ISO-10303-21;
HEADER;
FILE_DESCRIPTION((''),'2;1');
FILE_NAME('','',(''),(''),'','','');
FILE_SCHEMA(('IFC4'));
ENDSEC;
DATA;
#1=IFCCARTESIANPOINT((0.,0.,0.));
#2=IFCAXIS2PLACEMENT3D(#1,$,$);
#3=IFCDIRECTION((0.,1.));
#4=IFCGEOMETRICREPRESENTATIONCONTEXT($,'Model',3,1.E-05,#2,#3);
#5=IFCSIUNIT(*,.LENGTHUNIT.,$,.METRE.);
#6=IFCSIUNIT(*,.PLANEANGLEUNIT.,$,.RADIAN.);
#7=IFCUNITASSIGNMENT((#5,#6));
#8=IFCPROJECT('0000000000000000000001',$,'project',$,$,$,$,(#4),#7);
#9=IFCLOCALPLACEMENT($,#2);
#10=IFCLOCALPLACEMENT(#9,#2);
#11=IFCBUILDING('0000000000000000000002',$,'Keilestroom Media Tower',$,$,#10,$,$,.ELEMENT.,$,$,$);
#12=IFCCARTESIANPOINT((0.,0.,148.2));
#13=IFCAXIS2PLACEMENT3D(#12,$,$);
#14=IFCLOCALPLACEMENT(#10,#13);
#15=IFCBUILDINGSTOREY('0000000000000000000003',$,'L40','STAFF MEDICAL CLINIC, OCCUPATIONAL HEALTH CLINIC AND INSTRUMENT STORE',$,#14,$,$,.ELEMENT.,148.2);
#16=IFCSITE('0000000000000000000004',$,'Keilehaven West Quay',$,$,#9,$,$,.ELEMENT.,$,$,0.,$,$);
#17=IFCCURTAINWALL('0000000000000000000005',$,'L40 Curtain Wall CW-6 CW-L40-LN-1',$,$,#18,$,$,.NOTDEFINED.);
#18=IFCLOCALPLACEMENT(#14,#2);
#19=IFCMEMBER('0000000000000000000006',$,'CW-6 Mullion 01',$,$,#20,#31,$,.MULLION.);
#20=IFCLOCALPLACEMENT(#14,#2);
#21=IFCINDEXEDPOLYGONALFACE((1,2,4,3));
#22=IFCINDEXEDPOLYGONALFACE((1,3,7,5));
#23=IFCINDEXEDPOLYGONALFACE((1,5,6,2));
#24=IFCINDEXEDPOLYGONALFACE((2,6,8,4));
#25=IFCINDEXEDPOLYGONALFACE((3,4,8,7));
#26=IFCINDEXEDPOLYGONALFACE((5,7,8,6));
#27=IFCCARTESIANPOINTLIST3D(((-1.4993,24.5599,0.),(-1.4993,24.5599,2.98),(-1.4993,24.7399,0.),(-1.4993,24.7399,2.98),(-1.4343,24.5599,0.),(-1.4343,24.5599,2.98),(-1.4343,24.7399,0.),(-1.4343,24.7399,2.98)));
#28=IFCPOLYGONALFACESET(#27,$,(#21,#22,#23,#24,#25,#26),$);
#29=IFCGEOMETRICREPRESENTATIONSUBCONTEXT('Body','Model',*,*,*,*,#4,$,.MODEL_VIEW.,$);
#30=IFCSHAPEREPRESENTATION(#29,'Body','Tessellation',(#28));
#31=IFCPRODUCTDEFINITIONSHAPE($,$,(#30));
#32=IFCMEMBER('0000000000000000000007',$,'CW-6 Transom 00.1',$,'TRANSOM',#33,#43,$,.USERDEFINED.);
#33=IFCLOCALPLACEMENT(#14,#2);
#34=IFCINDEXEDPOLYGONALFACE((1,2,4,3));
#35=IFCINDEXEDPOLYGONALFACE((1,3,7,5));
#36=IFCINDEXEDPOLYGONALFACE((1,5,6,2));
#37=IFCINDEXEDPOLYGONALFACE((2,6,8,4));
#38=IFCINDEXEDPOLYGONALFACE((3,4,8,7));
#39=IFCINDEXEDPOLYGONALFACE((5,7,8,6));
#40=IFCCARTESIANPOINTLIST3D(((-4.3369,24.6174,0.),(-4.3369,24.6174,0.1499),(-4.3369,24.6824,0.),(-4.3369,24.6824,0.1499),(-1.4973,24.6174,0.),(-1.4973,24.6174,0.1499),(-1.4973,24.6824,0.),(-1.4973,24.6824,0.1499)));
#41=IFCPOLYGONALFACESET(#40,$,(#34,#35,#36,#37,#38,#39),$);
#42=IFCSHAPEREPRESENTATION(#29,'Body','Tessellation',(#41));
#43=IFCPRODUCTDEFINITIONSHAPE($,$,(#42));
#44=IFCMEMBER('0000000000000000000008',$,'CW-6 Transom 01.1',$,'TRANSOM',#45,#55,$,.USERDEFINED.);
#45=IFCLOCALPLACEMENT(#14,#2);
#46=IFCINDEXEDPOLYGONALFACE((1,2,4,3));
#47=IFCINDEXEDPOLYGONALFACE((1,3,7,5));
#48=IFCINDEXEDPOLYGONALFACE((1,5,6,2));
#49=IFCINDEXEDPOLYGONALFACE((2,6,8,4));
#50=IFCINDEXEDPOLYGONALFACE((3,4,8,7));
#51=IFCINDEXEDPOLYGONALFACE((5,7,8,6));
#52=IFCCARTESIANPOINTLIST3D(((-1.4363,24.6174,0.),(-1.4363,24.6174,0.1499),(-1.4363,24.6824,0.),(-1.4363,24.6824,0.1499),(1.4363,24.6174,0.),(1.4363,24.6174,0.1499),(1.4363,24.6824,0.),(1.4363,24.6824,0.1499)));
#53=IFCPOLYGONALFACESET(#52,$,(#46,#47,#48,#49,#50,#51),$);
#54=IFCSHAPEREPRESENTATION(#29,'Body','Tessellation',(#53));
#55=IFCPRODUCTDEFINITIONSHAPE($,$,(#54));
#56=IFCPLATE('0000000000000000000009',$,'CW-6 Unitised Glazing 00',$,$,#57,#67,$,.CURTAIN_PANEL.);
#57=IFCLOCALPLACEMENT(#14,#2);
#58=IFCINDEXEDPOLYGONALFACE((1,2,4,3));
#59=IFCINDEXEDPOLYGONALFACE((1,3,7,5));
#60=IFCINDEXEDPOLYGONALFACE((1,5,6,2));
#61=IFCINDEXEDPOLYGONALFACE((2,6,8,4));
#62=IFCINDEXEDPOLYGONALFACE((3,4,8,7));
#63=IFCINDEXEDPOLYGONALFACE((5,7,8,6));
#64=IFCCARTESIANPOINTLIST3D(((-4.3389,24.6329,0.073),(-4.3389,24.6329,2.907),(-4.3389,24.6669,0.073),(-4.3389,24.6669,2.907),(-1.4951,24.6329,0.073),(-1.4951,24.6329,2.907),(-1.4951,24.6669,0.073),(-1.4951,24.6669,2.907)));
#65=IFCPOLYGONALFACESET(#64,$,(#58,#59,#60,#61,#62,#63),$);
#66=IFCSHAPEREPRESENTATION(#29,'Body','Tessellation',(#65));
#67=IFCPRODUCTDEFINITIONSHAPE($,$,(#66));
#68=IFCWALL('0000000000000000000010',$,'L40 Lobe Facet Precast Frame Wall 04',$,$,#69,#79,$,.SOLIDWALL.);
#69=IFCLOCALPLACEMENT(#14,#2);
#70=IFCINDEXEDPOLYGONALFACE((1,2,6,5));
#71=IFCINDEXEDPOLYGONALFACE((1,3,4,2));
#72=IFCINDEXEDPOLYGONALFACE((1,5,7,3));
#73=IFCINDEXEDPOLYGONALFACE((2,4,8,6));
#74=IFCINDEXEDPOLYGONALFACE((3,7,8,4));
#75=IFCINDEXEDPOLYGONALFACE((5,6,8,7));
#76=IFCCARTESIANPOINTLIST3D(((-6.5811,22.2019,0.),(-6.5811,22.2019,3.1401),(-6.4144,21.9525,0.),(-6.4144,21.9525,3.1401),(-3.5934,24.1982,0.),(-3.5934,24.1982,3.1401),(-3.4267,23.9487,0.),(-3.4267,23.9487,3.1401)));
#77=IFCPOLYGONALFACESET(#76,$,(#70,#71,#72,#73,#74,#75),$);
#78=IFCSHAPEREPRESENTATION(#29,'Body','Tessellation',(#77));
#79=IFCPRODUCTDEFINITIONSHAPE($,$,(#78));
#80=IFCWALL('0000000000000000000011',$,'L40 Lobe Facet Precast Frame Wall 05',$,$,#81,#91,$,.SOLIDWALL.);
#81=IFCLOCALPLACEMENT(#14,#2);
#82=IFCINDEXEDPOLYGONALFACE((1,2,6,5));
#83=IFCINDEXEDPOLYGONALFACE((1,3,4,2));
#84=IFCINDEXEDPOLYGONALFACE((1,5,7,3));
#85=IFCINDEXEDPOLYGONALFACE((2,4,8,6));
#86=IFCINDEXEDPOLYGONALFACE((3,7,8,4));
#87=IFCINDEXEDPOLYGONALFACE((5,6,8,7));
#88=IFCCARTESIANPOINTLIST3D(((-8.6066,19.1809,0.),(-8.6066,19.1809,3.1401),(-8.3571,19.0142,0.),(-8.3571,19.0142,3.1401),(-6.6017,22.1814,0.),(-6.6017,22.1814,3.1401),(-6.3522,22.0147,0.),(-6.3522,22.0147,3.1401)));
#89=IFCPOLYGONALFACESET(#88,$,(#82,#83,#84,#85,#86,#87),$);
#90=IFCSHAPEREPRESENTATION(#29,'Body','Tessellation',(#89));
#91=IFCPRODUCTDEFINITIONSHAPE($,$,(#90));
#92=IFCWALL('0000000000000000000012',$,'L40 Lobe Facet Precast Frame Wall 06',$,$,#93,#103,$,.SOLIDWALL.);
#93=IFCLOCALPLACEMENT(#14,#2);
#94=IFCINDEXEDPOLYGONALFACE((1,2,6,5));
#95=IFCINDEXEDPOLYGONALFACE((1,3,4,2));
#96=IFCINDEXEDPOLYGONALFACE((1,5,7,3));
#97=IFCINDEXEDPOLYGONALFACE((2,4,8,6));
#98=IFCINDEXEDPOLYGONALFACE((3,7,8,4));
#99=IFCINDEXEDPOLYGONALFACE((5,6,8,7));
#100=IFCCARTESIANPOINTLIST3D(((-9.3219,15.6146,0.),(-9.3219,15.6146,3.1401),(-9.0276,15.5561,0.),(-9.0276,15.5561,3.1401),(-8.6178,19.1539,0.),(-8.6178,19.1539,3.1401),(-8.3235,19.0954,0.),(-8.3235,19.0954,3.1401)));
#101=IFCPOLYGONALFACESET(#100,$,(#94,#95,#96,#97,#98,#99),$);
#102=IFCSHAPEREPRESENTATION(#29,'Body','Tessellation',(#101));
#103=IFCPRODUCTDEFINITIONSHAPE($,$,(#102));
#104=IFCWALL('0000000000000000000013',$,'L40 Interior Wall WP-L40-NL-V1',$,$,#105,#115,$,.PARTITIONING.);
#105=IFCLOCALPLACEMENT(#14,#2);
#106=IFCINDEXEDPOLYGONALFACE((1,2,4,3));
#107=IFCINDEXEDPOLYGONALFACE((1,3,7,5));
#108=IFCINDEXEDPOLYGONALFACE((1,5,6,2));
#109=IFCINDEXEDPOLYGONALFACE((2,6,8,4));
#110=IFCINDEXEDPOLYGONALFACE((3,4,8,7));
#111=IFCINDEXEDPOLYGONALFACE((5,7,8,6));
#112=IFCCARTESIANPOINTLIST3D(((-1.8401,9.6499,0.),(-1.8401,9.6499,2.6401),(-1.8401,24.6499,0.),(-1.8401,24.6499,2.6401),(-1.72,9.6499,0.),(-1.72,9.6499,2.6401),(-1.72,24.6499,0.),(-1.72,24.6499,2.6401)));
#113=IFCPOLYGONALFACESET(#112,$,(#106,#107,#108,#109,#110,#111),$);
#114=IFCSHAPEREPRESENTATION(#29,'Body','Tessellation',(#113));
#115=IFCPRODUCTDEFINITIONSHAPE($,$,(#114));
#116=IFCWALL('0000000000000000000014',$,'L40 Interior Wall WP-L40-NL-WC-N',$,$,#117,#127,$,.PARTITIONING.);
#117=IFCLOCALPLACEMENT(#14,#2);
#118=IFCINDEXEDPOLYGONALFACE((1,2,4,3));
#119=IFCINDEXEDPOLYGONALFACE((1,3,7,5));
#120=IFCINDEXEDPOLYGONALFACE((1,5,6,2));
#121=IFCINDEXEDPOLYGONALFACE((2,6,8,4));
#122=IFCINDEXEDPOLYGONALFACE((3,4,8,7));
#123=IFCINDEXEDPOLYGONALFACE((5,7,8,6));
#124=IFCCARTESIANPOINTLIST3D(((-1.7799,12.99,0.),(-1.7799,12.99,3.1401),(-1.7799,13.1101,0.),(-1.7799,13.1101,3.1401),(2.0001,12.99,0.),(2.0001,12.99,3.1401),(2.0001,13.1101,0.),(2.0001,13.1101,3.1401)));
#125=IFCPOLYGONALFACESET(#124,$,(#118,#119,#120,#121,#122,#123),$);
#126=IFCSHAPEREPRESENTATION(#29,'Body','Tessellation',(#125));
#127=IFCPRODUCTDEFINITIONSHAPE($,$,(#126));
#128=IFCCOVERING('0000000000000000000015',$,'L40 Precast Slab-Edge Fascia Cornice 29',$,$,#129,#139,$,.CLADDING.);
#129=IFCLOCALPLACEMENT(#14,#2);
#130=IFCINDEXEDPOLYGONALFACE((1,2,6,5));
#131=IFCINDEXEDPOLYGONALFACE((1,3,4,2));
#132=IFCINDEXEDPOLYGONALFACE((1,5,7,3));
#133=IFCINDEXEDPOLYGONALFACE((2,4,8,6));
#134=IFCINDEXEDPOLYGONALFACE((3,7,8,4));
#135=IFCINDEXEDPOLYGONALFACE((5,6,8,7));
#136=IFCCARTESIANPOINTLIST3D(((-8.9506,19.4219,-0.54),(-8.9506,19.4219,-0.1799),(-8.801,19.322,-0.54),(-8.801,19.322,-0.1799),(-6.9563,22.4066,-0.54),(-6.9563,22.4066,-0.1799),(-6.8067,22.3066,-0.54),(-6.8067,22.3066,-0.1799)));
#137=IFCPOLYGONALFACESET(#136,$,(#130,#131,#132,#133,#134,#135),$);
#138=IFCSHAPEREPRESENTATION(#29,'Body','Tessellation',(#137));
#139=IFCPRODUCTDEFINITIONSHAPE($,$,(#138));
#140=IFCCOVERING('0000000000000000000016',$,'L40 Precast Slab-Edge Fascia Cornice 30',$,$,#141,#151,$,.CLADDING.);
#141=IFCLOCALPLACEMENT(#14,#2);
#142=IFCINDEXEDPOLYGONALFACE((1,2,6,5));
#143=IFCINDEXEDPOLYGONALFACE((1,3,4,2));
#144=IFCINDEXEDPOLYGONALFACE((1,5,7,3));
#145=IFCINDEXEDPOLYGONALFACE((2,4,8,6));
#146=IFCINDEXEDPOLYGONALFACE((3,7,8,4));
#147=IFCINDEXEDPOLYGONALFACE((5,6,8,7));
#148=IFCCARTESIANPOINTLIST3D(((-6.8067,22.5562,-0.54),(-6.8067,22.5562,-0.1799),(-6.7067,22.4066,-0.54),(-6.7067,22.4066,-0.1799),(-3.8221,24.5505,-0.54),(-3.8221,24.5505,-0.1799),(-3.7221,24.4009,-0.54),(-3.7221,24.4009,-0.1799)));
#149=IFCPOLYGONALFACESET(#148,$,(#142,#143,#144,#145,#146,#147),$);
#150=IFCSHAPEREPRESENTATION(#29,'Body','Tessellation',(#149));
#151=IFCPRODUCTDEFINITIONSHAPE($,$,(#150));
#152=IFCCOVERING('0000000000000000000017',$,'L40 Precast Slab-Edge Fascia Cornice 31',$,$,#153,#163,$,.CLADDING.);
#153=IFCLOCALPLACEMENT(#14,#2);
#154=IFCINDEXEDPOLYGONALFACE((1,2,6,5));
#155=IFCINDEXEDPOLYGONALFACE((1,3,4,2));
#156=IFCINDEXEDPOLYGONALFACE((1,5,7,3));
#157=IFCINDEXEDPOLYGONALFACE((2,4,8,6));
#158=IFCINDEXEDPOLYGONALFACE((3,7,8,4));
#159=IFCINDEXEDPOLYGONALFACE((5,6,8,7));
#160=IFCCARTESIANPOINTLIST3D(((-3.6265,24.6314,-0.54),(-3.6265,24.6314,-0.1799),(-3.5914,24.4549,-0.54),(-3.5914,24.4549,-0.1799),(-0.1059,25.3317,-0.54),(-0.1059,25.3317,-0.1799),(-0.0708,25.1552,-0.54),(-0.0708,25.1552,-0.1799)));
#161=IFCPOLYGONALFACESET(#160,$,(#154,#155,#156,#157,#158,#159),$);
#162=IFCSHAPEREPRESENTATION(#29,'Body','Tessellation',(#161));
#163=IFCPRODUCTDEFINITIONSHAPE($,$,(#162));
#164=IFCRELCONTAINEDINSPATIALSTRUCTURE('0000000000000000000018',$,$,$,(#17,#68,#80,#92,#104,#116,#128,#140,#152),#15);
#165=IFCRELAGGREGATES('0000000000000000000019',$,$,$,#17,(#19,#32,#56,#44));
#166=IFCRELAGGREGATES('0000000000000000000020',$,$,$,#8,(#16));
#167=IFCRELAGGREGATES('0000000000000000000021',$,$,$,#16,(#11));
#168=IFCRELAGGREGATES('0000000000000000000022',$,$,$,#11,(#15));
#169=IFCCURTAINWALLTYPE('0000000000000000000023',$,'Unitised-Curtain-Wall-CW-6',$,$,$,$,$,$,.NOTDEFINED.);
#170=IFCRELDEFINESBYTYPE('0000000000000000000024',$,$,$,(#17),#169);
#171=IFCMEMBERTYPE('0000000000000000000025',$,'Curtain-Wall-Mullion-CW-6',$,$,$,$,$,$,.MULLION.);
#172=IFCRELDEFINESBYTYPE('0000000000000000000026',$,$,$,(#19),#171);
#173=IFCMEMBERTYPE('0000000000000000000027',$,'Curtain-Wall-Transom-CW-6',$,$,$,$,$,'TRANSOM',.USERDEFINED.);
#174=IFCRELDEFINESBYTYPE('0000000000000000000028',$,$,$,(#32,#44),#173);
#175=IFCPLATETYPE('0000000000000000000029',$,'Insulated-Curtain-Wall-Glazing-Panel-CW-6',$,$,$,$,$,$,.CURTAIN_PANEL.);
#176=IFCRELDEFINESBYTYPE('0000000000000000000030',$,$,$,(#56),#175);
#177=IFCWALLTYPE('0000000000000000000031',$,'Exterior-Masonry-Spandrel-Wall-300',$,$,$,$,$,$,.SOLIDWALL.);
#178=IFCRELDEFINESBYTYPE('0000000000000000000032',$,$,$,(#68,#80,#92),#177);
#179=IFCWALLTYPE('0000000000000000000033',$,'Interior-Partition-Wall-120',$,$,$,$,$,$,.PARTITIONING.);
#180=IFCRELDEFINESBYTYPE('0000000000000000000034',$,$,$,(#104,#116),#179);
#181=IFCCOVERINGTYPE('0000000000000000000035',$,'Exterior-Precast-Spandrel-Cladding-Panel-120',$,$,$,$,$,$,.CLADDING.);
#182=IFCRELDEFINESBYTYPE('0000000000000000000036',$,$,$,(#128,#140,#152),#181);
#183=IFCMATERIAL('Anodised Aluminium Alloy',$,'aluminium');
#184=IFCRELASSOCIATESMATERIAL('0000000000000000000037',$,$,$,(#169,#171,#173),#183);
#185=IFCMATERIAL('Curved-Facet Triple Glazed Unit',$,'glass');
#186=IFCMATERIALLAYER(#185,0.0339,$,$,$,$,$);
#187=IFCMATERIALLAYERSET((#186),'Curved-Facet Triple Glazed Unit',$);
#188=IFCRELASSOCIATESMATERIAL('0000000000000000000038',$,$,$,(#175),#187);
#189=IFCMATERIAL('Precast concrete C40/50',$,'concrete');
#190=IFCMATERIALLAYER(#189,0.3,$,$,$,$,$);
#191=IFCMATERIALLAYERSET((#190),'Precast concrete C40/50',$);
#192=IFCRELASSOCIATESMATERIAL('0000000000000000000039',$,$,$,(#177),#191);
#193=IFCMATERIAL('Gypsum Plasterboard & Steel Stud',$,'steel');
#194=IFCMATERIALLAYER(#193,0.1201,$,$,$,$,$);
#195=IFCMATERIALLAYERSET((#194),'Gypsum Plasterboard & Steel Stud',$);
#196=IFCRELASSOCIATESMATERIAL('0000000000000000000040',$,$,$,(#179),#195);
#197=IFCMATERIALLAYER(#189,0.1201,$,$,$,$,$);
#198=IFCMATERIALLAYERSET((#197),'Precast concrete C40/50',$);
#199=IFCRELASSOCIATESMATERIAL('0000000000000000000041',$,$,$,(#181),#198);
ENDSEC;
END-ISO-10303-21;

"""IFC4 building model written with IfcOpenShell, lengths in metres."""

from ifc_helpers import new_model, si_unit, direction, frame, frame_2d, origin, origin_2d, place, context, subcontext, project, spatial, rectangle, extrude, source, transform, mapped, material, layer, layer_set, material_profile, profile_set, type_object, element, aggregate, save


model = new_model("IFC4")

# Units and contexts
model_context = context("Model", 3, precision=1e-05, world=origin(), true_north=direction((0.0, 1.0)))
body_context = subcontext(model_context, "Body", "Model", "MODEL_VIEW")
ifc_project = project(units=[si_unit("LENGTHUNIT", "METRE"), si_unit("PLANEANGLEUNIT", "RADIAN")], contexts=[model_context])

# Site, building, storey
site_placement = place(None, origin())
site = spatial("IfcSite", under=ifc_project, at=site_placement, Name="Keilehaven West Quay", CompositionType="ELEMENT", RefElevation=0.0)
building_placement = place(site_placement, origin())
building = spatial("IfcBuilding", under=site, at=building_placement, Name="Keilestroom Media Tower", CompositionType="ELEMENT")
storey_placement = place(building_placement, frame((0.0, 0.0, 148.2)))
storey = spatial("IfcBuildingStorey", under=building, at=storey_placement, Name="L40", Description="STAFF MEDICAL CLINIC, OCCUPATIONAL HEALTH CLINIC AND INSTRUMENT STORE", CompositionType="ELEMENT", Elevation=148.2)

# Curtain wall, members, plate
ifc_material_1 = material(Name="Anodised Aluminium Alloy", Category="aluminium")
curtain_wall_type = type_object("IfcCurtainWallType", Name="Unitised-Curtain-Wall-CW-6", PredefinedType="NOTDEFINED", material=ifc_material_1)
curtain_wall_placement = place(storey_placement, origin())
curtain_wall = element("IfcCurtainWall", 1, at=curtain_wall_placement, inside=storey, type_object=curtain_wall_type, Name="L40 Curtain Wall CW-6 CW-L40-LN-1", PredefinedType="NOTDEFINED")
ifc_material_profile_1 = material_profile(ifc_material_1, rectangle(XDim=0.0649, YDim=0.1799, at=origin_2d()), Name="ALU MULLION 65x180")
ifc_profile_set_1 = profile_set([ifc_material_profile_1], Name="Anodised Aluminium Alloy")
member_type_1 = type_object("IfcMemberType", Name="Curtain-Wall-Mullion-CW-6", PredefinedType="MULLION", material=ifc_profile_set_1)
shared_shape_1 = source(origin(), body_context, "Body", "SweptSolid", [
    extrude(rectangle(XDim=0.0649, YDim=0.1799, at=origin_2d()), origin(), (0.0, 0.0, 1.0), 2.98),
])
member_1_placement = place(storey_placement, frame((-1.4668, 24.6499, 0.0), z_axis=(0.0, 0.0, 1.0), x_axis=(1.0, 0.0, 0.0)))
member_1 = element("IfcMember", 2, at=member_1_placement, type_object=member_type_1, Name="CW-6 Mullion 01", PredefinedType="MULLION", context=body_context, shape_type="MappedRepresentation", body=[
    mapped(shared_shape_1, transform((0.0, 0.0, 0.0), x_axis=(1.0, 0.0, 0.0), y_axis=(0.0, 1.0, 0.0), z_axis=(0.0, 0.0, 1.0), scale=1.0)),
])
ifc_material_profile_2 = material_profile(ifc_material_1, rectangle(XDim=0.0649, YDim=0.1499, at=origin_2d()), Name="ALU TRANSOM 65x150")
ifc_profile_set_2 = profile_set([ifc_material_profile_2], Name="Anodised Aluminium Alloy")
member_type_2 = type_object("IfcMemberType", Name="Curtain-Wall-Transom-CW-6", ElementType="TRANSOM", PredefinedType="USERDEFINED", material=ifc_profile_set_2)
shared_shape_2 = source(origin(), body_context, "Body", "SweptSolid", [
    extrude(rectangle(XDim=0.0649, YDim=0.1499, at=origin_2d()), origin(), (0.0, 0.0, 1.0), 2.8396),
])
member_2_placement = place(storey_placement, frame((-4.3369, 24.6499, 0.075), z_axis=(1.0, 0.0, 0.0), x_axis=(0.0, 1.0, 0.0)))
member_2 = element("IfcMember", 3, at=member_2_placement, type_object=member_type_2, Name="CW-6 Transom 00.1", ObjectType="TRANSOM", PredefinedType="USERDEFINED", context=body_context, shape_type="MappedRepresentation", body=[
    mapped(shared_shape_2, transform((0.0, 0.0, 0.0), x_axis=(1.0, 0.0, 0.0), y_axis=(0.0, 1.0, 0.0), z_axis=(0.0, 0.0, 1.0), scale=1.0)),
])
shared_shape_3 = source(origin(), body_context, "Body", "SweptSolid", [
    extrude(rectangle(XDim=0.0649, YDim=0.1499, at=origin_2d()), origin(), (0.0, 0.0, 1.0), 2.8726),
])
member_3_placement = place(storey_placement, frame((-1.4363, 24.6499, 0.075), z_axis=(1.0, 0.0, 0.0), x_axis=(0.0, 1.0, 0.0)))
member_3 = element("IfcMember", 4, at=member_3_placement, type_object=member_type_2, Name="CW-6 Transom 01.1", ObjectType="TRANSOM", PredefinedType="USERDEFINED", context=body_context, shape_type="MappedRepresentation", body=[
    mapped(shared_shape_3, transform((0.0, 0.0, 0.0), x_axis=(1.0, 0.0, 0.0), y_axis=(0.0, 1.0, 0.0), z_axis=(0.0, 0.0, 1.0), scale=1.0)),
])
ifc_material_2 = material(Name="Curved-Facet Triple Glazed Unit", Category="glass")
ifc_layer_1 = layer(ifc_material_2, 0.0339)
ifc_layer_set_1 = layer_set([ifc_layer_1], Name="Curved-Facet Triple Glazed Unit")
plate_type = type_object("IfcPlateType", Name="Insulated-Curtain-Wall-Glazing-Panel-CW-6", PredefinedType="CURTAIN_PANEL", material=ifc_layer_set_1)
shared_shape_4 = source(origin(), body_context, "Body", "SweptSolid", [
    extrude(rectangle(XDim=2.8438, YDim=0.0339, at=origin_2d()), origin(), (0.0, 0.0, 1.0), 2.834),
])
plate_placement = place(storey_placement, frame((-2.917, 24.6499, 0.073), z_axis=(0.0, 0.0, 1.0), x_axis=(1.0, 0.0, 0.0)))
plate = element("IfcPlate", 5, at=plate_placement, type_object=plate_type, Name="CW-6 Unitised Glazing 00", PredefinedType="CURTAIN_PANEL", context=body_context, shape_type="MappedRepresentation", body=[
    mapped(shared_shape_4, transform((0.0, 0.0, 0.0), x_axis=(1.0, 0.0, 0.0), y_axis=(0.0, 1.0, 0.0), z_axis=(0.0, 0.0, 1.0), scale=1.0)),
])
aggregate(curtain_wall, [member_1, member_2, plate, member_3])

# Walls
ifc_material_3 = material(Name="Precast concrete C40/50", Category="concrete")
ifc_layer_2 = layer(ifc_material_3, 0.3)
ifc_layer_set_2 = layer_set([ifc_layer_2], Name="Precast concrete C40/50")
wall_type_1 = type_object("IfcWallType", Name="Exterior-Masonry-Spandrel-Wall-300", PredefinedType="SOLIDWALL", material=ifc_layer_set_2)
wall_1_placement = place(storey_placement, frame((-3.51, 24.0735, 0.0), z_axis=(0.0, 0.0, 1.0), x_axis=(-0.831475, -0.555562, 0.0)))
element("IfcWall", 6, at=wall_1_placement, inside=storey, type_object=wall_type_1, Name="L40 Lobe Facet Precast Frame Wall 04", PredefinedType="SOLIDWALL", context=body_context, shape_type="SweptSolid", body=[
    extrude(rectangle(XDim=3.5933, YDim=0.3, at=frame_2d((1.7966, 0.0))), origin(), (0.0, 0.0, 1.0), 3.1401),
])
for number, where, z_axis, x_axis, name in (
    (7, (-6.4771, 22.0979, 0.0), (0.0, 0.0, 1.0), (-0.555574, -0.831467, 0.0), "L40 Lobe Facet Precast Frame Wall 05"),
    (8, (-8.4707, 19.1245, 0.0), (0.0, 0.0, 1.0), (-0.195114, -0.980781, 0.0), "L40 Lobe Facet Precast Frame Wall 06"),
):
    element("IfcWall", number, at=place(storey_placement, frame(where, z_axis=z_axis, x_axis=x_axis)), inside=storey, type_object=wall_type_1, Name=name, PredefinedType="SOLIDWALL", context=body_context, shape_type="SweptSolid", body=[
        extrude(rectangle(XDim=3.6086, YDim=0.3, at=frame_2d((1.8042, 0.0))), origin(), (0.0, 0.0, 1.0), 3.1401),
    ])
ifc_material_4 = material(Name="Gypsum Plasterboard & Steel Stud", Category="steel")
ifc_layer_3 = layer(ifc_material_4, 0.1201)
ifc_layer_set_3 = layer_set([ifc_layer_3], Name="Gypsum Plasterboard & Steel Stud")
wall_type_2 = type_object("IfcWallType", Name="Interior-Partition-Wall-120", PredefinedType="PARTITIONING", material=ifc_layer_set_3)
wall_2_placement = place(storey_placement, frame((-1.78, 9.6499, 0.0), z_axis=(0.0, 0.0, 1.0), x_axis=(0.0, 1.0, 0.0)))
element("IfcWall", 9, at=wall_2_placement, inside=storey, type_object=wall_type_2, Name="L40 Interior Wall WP-L40-NL-V1", PredefinedType="PARTITIONING", context=body_context, shape_type="SweptSolid", body=[
    extrude(rectangle(XDim=15.0, YDim=0.1201, at=frame_2d((7.5, 0.0))), origin(), (0.0, 0.0, 1.0), 2.6401),
])
wall_3_placement = place(storey_placement, frame((-1.78, 13.05, 0.0), z_axis=(0.0, 0.0, 1.0), x_axis=(1.0, 0.0, 0.0)))
element("IfcWall", 10, at=wall_3_placement, inside=storey, type_object=wall_type_2, Name="L40 Interior Wall WP-L40-NL-WC-N", PredefinedType="PARTITIONING", context=body_context, shape_type="SweptSolid", body=[
    extrude(rectangle(XDim=3.78, YDim=0.1201, at=frame_2d((1.8901, 0.0))), origin(), (0.0, 0.0, 1.0), 3.1401),
])

# Coverings
ifc_layer_4 = layer(ifc_material_3, 0.1201)
ifc_layer_set_4 = layer_set([ifc_layer_4], Name="Precast concrete C40/50")
covering_type = type_object("IfcCoveringType", Name="Exterior-Precast-Spandrel-Cladding-Panel-120", PredefinedType="CLADDING", material=ifc_layer_set_4)
shared_shape_5 = source(origin(), body_context, "Body", "SweptSolid", [
    extrude(rectangle(XDim=3.5896, YDim=0.1799, at=origin_2d()), origin(), (0.0, 0.0, 1.0), 0.3601),
])
for number, where, z_axis, x_axis, name in (
    (11, (-7.8787, 20.8643, -0.54), (0.0, 0.0, 1.0), (0.555575, 0.831467, 0.0), "L40 Precast Slab-Edge Fascia Cornice 29"),
    (12, (-5.2644, 23.4785, -0.54), (0.0, 0.0, 1.0), (0.831467, 0.555575, 0.0), "L40 Precast Slab-Edge Fascia Cornice 30"),
    (13, (-1.8486, 24.8933, -0.54), (0.0, 0.0, 1.0), (0.980784, 0.195099, 0.0), "L40 Precast Slab-Edge Fascia Cornice 31"),
):
    element("IfcCovering", number, at=place(storey_placement, frame(where, z_axis=z_axis, x_axis=x_axis)), inside=storey, type_object=covering_type, Name=name, PredefinedType="CLADDING", context=body_context, shape_type="MappedRepresentation", body=[
        mapped(shared_shape_5, transform((0.0, 0.0, 0.0), x_axis=(1.0, 0.0, 0.0), y_axis=(0.0, 1.0, 0.0), z_axis=(0.0, 0.0, 1.0), scale=1.0)),
    ])

save(model, "model.ifc")
